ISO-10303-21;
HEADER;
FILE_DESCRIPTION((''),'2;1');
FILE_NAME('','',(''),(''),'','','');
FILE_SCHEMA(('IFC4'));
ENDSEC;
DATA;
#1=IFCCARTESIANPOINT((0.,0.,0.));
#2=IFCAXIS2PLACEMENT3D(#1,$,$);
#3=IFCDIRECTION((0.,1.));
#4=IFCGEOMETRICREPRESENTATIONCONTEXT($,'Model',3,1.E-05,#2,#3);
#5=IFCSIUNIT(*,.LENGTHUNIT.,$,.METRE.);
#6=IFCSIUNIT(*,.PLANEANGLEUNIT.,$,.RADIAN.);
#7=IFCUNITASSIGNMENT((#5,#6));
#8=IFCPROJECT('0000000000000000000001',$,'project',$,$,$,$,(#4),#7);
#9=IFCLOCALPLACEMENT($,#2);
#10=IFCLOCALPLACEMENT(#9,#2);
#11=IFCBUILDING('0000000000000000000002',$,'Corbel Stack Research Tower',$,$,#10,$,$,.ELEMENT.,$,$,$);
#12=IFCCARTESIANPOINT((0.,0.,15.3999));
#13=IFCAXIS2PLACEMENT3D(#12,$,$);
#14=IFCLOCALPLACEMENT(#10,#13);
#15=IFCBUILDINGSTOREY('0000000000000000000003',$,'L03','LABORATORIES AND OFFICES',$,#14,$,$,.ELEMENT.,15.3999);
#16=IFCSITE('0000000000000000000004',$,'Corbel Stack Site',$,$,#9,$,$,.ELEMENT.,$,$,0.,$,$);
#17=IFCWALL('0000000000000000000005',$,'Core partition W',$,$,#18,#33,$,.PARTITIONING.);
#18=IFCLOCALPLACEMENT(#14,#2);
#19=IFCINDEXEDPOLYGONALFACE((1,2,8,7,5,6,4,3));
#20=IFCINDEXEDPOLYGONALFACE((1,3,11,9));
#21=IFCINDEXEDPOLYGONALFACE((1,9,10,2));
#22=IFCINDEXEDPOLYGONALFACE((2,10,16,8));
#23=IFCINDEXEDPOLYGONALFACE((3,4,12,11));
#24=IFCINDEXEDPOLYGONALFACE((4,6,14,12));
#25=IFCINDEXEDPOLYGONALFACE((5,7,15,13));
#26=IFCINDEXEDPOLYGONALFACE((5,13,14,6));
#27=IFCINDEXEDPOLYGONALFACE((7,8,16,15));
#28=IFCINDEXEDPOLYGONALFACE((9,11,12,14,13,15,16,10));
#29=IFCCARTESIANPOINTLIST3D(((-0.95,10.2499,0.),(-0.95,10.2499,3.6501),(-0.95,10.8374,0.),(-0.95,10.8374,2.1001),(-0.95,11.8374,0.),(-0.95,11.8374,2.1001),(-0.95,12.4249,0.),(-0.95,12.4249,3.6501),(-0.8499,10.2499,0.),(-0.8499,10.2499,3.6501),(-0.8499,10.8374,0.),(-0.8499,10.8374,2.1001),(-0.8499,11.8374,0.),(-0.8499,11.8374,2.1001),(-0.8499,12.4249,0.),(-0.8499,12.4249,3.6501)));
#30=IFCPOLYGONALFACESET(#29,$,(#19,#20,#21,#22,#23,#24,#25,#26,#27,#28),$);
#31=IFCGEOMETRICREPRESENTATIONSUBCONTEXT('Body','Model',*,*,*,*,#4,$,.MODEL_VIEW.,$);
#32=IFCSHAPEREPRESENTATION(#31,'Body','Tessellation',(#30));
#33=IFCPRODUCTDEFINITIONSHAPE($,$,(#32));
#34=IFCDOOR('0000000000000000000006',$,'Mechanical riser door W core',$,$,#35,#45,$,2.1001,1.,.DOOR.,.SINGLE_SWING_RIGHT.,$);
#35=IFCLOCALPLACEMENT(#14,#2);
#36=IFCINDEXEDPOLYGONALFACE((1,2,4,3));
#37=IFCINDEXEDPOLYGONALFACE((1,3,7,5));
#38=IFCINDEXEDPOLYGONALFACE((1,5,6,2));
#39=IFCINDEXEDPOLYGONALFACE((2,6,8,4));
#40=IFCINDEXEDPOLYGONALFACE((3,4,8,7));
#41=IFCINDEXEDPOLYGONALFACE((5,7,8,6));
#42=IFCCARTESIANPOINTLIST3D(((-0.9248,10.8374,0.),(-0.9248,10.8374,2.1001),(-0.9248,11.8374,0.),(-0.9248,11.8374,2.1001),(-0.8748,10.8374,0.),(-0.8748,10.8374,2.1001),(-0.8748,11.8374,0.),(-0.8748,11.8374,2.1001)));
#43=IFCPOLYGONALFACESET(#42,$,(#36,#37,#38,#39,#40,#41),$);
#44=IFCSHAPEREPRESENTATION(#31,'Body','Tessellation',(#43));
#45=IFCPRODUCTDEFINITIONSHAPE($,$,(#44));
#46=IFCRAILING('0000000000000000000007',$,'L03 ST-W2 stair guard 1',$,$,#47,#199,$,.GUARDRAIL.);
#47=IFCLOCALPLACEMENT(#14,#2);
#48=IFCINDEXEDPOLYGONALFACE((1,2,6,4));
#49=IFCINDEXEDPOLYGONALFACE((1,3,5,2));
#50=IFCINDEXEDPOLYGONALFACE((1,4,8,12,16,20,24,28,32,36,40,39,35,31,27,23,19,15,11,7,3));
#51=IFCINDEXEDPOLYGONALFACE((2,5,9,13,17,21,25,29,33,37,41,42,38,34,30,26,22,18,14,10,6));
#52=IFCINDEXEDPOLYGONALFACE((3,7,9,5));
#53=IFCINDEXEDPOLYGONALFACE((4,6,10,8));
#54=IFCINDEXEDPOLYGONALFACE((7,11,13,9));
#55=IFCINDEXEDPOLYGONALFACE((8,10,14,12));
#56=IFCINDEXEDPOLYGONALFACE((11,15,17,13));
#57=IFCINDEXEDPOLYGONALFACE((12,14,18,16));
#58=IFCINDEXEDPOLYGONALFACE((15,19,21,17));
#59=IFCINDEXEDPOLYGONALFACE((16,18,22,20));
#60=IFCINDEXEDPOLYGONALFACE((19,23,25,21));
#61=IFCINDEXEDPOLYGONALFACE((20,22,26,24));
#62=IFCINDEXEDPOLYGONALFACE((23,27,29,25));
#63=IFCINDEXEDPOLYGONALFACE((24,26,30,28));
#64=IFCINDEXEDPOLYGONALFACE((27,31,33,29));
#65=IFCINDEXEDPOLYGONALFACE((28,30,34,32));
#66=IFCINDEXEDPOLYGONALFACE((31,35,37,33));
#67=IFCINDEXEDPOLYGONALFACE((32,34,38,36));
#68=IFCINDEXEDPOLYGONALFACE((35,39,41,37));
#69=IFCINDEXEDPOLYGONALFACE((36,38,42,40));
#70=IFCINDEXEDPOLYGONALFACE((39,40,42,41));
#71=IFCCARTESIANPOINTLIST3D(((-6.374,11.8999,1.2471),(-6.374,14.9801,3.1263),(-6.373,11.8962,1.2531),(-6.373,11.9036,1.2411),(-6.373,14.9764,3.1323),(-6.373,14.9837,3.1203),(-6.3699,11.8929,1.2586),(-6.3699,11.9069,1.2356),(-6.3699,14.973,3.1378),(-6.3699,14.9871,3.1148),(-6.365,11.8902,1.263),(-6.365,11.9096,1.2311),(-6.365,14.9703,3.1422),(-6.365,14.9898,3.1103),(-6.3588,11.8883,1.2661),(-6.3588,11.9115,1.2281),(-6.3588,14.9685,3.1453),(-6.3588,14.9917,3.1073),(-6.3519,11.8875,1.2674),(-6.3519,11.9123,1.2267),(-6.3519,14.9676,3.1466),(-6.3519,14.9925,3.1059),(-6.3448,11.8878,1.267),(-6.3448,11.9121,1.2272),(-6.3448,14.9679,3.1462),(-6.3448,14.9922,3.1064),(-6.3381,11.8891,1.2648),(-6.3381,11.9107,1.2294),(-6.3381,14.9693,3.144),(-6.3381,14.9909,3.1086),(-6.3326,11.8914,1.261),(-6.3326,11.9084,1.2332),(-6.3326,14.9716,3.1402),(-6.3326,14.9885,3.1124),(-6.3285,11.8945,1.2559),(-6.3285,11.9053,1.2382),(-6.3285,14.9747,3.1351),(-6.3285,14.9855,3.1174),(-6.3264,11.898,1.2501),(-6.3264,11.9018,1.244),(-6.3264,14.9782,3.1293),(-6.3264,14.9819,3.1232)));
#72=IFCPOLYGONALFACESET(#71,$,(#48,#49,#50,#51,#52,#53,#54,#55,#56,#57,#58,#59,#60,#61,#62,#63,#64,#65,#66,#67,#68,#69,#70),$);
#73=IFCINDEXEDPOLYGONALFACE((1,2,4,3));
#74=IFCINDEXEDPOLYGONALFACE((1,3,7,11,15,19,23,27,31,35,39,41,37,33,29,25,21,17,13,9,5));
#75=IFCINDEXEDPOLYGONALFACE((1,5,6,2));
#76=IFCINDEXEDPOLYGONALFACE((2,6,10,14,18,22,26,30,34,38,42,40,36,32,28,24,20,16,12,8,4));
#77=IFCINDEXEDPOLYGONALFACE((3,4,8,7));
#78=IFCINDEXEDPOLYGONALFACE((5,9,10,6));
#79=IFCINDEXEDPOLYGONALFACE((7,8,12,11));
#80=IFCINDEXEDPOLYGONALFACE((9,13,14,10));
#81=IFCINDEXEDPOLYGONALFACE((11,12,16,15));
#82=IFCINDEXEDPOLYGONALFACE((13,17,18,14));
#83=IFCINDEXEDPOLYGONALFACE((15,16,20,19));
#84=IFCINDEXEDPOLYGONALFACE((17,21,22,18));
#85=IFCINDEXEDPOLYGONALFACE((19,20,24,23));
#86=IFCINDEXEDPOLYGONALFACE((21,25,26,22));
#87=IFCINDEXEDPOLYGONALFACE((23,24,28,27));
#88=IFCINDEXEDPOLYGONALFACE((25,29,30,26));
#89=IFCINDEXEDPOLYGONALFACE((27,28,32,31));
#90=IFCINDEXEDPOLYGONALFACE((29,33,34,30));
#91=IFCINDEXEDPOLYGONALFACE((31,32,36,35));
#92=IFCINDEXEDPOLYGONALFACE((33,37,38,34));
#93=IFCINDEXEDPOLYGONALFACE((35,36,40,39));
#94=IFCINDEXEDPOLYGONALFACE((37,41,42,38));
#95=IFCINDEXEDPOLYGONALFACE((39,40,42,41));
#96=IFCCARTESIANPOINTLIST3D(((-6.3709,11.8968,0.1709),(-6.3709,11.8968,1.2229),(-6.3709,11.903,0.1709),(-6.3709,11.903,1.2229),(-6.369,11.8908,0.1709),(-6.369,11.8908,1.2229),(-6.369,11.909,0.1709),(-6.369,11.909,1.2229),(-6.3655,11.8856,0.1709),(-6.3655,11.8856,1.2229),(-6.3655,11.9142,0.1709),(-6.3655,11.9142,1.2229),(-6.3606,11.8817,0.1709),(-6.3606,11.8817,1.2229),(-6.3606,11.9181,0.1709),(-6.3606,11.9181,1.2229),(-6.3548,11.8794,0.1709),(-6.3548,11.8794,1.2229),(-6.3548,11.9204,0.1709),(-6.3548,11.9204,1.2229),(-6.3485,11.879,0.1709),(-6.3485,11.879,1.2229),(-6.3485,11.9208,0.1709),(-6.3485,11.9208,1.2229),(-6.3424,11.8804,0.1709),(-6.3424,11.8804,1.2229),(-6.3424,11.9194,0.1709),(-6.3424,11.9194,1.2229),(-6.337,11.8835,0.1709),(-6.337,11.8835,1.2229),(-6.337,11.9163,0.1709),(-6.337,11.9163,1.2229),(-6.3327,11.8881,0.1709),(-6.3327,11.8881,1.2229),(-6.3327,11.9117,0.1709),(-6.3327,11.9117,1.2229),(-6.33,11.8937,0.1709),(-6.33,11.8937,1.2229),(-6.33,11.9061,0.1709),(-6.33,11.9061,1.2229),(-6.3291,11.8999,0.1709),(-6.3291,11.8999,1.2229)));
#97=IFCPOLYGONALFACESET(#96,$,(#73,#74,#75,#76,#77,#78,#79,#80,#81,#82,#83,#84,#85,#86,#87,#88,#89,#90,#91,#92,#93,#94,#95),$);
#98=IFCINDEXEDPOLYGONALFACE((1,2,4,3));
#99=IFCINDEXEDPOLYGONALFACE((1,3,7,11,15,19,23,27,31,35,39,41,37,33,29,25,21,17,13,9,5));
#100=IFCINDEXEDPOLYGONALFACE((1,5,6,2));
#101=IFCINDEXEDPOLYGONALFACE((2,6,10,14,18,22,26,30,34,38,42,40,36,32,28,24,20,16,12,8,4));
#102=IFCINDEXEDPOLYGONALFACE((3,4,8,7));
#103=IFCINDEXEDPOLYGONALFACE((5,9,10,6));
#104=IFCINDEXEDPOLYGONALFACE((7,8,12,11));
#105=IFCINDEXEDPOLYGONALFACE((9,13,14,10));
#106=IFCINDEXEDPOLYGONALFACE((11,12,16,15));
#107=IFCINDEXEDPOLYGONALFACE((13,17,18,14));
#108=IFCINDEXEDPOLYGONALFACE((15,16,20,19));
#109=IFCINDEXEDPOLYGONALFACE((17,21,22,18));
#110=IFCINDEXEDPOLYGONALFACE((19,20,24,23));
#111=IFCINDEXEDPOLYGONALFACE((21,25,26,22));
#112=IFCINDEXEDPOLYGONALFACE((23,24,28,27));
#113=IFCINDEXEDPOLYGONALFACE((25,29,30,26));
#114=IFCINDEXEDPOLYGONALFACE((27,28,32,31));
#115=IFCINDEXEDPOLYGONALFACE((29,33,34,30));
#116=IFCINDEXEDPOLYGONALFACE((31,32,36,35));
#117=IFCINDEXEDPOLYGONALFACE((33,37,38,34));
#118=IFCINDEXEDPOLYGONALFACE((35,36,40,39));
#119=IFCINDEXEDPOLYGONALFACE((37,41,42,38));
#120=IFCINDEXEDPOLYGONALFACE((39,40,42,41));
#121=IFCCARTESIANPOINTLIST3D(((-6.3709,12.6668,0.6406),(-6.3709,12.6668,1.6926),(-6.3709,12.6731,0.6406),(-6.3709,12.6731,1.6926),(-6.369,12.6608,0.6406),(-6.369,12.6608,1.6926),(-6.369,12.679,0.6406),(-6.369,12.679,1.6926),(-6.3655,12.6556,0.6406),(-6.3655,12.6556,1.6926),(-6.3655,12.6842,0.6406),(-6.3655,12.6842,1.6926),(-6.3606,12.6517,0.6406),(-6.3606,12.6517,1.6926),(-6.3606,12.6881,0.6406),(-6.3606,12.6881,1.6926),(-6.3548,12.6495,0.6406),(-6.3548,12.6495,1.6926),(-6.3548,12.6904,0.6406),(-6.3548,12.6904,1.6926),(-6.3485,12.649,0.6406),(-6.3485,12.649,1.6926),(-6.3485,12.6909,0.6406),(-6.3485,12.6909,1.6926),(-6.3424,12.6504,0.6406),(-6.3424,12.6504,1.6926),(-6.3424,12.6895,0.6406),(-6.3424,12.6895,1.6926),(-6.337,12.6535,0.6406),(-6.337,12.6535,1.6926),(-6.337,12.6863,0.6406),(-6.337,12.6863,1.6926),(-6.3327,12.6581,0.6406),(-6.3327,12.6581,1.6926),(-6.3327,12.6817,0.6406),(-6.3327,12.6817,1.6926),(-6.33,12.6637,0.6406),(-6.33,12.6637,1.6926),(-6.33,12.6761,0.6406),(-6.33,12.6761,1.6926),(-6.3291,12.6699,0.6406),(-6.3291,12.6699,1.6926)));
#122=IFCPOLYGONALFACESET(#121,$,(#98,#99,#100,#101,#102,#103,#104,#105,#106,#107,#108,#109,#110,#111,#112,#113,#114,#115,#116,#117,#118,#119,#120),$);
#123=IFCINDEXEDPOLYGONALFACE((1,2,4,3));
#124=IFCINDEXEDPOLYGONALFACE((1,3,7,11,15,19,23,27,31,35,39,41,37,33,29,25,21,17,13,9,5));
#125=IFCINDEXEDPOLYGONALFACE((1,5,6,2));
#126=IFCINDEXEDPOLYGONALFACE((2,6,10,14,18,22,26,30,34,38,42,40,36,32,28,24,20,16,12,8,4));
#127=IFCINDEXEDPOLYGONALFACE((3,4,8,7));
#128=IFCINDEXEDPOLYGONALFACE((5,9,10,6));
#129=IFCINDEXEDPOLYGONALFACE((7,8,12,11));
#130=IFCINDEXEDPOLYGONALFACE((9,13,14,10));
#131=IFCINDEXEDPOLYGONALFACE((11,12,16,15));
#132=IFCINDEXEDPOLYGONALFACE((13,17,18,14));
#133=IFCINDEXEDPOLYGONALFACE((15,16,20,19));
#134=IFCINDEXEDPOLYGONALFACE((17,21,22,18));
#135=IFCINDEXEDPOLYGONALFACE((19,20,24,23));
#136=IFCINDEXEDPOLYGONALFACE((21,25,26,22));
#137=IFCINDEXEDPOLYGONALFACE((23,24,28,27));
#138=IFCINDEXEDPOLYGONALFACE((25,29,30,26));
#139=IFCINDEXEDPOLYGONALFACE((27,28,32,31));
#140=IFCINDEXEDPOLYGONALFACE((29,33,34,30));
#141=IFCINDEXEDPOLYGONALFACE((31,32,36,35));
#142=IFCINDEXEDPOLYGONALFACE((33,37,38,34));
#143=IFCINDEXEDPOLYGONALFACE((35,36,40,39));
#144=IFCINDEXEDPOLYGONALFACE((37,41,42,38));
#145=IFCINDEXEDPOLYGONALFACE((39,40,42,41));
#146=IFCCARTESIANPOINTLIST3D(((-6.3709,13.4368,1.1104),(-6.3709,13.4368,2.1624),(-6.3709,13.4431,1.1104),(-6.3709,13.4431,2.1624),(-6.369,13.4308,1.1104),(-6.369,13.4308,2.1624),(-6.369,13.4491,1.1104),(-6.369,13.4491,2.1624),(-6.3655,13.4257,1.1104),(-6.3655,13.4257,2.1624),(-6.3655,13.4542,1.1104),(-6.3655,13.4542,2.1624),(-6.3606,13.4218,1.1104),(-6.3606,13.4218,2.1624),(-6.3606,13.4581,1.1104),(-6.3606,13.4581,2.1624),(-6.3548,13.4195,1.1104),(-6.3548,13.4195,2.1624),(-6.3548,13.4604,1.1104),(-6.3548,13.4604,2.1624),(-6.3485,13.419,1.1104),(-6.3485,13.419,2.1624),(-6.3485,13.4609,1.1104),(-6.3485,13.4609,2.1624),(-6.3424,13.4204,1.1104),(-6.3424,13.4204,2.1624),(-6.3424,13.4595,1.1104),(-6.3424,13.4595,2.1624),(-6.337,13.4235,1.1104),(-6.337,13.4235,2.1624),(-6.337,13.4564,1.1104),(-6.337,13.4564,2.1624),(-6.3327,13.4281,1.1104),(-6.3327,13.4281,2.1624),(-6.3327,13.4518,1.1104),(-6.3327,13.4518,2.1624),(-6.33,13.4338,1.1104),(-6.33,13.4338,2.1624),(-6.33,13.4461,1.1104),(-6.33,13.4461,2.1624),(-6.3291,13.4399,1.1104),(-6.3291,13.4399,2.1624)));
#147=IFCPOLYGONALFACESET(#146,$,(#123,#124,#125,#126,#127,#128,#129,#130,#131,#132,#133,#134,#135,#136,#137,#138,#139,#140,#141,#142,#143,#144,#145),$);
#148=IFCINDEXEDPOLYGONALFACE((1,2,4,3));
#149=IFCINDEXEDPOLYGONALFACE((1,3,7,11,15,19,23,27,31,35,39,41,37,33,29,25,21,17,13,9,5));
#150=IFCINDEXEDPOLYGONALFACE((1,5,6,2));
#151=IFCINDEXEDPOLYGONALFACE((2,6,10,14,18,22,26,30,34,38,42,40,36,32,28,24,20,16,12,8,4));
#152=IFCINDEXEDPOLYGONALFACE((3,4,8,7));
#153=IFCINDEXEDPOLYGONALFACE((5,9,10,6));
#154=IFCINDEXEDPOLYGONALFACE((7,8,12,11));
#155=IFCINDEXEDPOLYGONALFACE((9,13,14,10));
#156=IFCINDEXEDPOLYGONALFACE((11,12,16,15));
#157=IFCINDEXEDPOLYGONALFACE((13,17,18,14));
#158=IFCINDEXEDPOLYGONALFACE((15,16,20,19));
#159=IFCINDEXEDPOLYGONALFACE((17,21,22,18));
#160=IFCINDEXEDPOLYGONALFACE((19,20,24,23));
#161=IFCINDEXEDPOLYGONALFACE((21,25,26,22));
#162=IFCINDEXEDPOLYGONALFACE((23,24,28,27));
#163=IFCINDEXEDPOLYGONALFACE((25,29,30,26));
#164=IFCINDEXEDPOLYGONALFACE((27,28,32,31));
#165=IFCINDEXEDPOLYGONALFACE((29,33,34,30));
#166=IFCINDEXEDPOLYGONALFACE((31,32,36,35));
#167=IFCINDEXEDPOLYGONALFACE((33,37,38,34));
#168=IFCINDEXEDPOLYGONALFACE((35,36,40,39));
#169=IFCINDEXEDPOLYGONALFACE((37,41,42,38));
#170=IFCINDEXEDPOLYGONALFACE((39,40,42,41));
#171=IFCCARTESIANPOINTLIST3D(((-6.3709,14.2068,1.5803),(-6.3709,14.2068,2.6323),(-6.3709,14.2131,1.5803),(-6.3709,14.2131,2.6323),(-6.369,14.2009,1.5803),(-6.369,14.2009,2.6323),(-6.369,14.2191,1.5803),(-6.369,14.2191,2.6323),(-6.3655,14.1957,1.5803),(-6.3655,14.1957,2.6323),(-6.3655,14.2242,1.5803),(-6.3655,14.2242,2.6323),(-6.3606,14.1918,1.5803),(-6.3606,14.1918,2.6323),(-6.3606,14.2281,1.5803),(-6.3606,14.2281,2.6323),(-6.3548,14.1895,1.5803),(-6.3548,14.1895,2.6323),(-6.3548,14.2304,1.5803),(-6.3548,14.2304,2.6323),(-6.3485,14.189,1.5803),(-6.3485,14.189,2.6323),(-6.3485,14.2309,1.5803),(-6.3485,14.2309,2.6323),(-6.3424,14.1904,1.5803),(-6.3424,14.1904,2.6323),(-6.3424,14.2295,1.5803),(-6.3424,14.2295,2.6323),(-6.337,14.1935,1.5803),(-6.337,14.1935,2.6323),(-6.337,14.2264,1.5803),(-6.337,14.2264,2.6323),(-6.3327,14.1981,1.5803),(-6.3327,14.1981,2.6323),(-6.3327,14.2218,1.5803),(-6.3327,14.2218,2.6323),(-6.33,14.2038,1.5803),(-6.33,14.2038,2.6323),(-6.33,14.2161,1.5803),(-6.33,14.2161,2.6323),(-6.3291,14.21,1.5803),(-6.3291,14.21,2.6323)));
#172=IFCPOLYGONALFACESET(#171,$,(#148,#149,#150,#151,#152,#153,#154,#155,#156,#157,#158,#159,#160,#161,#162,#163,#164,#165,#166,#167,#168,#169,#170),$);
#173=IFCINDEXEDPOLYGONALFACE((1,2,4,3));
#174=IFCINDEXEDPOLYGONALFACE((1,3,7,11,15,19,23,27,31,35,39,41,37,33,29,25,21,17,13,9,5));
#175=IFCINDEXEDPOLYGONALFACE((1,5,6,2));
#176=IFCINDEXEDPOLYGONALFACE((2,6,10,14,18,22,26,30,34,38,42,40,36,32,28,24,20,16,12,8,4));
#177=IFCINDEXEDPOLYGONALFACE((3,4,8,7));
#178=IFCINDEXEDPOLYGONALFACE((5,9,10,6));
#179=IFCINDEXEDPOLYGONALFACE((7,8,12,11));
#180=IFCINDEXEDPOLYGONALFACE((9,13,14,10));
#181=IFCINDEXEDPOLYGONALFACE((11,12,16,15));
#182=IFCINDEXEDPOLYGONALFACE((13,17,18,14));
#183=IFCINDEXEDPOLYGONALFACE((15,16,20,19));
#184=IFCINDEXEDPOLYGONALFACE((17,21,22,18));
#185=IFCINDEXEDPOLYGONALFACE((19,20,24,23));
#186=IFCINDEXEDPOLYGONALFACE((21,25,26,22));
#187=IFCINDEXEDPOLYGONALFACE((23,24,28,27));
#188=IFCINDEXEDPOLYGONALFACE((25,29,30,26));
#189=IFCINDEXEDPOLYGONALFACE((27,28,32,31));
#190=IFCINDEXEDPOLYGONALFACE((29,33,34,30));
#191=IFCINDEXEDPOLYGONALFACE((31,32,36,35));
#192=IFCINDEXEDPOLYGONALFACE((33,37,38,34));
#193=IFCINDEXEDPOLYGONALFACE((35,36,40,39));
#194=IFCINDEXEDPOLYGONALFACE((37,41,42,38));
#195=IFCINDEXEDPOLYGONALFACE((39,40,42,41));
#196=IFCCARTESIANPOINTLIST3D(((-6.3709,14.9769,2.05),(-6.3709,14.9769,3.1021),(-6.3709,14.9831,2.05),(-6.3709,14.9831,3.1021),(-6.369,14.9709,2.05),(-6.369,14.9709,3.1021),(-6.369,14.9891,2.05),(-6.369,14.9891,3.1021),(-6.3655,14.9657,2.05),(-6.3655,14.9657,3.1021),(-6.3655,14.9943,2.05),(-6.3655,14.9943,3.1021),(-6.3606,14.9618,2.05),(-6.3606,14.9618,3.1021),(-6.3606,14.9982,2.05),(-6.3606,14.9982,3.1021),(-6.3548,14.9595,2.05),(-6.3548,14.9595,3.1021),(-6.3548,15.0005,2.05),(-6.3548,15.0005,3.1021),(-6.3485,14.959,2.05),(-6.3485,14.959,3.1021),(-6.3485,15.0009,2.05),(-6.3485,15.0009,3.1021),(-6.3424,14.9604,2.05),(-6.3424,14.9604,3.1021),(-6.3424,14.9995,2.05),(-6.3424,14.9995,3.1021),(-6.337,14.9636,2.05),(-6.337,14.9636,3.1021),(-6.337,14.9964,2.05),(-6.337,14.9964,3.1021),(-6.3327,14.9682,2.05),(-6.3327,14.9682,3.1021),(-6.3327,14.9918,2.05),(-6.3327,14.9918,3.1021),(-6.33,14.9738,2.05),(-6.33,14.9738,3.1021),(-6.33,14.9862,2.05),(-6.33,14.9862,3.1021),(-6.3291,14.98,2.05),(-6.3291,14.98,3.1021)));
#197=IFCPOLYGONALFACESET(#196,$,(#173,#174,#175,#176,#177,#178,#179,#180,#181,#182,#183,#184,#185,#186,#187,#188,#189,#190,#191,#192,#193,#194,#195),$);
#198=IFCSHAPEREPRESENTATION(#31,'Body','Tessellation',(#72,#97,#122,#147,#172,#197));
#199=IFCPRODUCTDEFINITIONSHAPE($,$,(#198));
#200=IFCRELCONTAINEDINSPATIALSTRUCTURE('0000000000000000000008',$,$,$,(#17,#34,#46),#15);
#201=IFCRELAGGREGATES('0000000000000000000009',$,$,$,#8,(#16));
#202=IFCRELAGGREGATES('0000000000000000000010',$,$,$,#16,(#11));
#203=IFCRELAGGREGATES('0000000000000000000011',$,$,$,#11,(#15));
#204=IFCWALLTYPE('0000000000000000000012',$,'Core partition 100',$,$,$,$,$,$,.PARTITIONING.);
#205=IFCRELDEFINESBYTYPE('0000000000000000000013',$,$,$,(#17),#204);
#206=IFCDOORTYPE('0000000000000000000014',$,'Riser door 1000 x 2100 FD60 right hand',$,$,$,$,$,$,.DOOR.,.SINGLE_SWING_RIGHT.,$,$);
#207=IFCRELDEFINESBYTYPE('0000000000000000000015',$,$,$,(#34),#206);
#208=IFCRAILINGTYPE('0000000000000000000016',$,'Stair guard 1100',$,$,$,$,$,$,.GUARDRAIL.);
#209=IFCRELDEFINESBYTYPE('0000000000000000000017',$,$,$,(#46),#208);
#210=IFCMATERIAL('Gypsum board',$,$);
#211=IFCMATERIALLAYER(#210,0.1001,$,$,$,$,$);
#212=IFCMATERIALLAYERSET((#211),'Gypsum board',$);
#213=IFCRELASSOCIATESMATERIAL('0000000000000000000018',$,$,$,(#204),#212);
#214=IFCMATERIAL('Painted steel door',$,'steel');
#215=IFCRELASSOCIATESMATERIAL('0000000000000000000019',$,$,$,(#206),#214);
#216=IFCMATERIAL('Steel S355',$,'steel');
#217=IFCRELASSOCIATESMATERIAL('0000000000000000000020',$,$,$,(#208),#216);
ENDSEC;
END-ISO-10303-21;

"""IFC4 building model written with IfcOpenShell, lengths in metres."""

from ifc_helpers import new_model, si_unit, direction, frame, frame_2d, origin, origin_2d, place, context, subcontext, project, spatial, rectangle, circle, extrude, material, layer, layer_set, type_object, element, fill, save


model = new_model("IFC4")

# Units and contexts
model_context = context("Model", 3, precision=1e-05, world=origin(), true_north=direction((0.0, 1.0)))
body_context = subcontext(model_context, "Body", "Model", "MODEL_VIEW")
ifc_project = project(units=[si_unit("LENGTHUNIT", "METRE"), si_unit("PLANEANGLEUNIT", "RADIAN")], contexts=[model_context])

# Site, building, storey
site_placement = place(None, origin())
site = spatial("IfcSite", under=ifc_project, at=site_placement, Name="Corbel Stack Site", CompositionType="ELEMENT", RefElevation=0.0)
building_placement = place(site_placement, origin())
building = spatial("IfcBuilding", under=site, at=building_placement, Name="Corbel Stack Research Tower", CompositionType="ELEMENT")
storey_placement = place(building_placement, frame((0.0, 0.0, 15.3999)))
storey = spatial("IfcBuildingStorey", under=building, at=storey_placement, Name="L03", Description="LABORATORIES AND OFFICES", CompositionType="ELEMENT", Elevation=15.3999)

# Wall, opening, door
ifc_material_1 = material(Name="Gypsum board")
ifc_layer_1 = layer(ifc_material_1, 0.1001)
ifc_layer_set_1 = layer_set([ifc_layer_1], Name="Gypsum board")
wall_type_1 = type_object("IfcWallType", Name="Core partition 100", PredefinedType="PARTITIONING", material=ifc_layer_set_1)
wall_1_placement = place(storey_placement, frame((-0.8999, 10.25, 0.0), z_axis=(0.0, 0.0, 1.0), x_axis=(0.0, 1.0, 0.0)))
wall_1 = element("IfcWall", 1, at=wall_1_placement, inside=storey, type_object=wall_type_1, Name="Core partition W", PredefinedType="PARTITIONING", context=body_context, shape_type="SweptSolid", body=[
    extrude(rectangle(XDim=2.175, YDim=0.1001, at=frame_2d((1.0874, 0.0))), origin(), (0.0, 0.0, 1.0), 3.6501),
])
opening_placement = place(wall_1_placement, frame((0.5874, 0.0, 0.0)))
opening = element("IfcOpeningElement", 2, at=opening_placement, cuts=wall_1, PredefinedType="OPENING", context=body_context, shape_type="SweptSolid", body=[
    extrude(rectangle(XDim=1.0, YDim=2.1001, at=frame_2d((0.5, 1.05))), frame((0.0, 0.0601, 0.0), z_axis=(0.0, -1.0, 0.0), x_axis=(1.0, 0.0, 0.0)), (0.0, 0.0, 1.0), 0.1201),
])
ifc_material_2 = material(Name="Painted steel door", Category="steel")
door_type = type_object("IfcDoorType", Name="Riser door 1000 x 2100 FD60 right hand", OperationType="SINGLE_SWING_RIGHT", PredefinedType="DOOR", material=ifc_material_2)
door_placement = place(opening_placement, origin())
door = element("IfcDoor", 3, at=door_placement, inside=storey, type_object=door_type, Name="Mechanical riser door W core", OperationType="SINGLE_SWING_RIGHT", OverallHeight=2.1001, OverallWidth=1.0, PredefinedType="DOOR", context=body_context, shape_type="SweptSolid", body=[
    extrude(rectangle(XDim=1.0, YDim=2.1001, at=frame_2d((0.5, 1.05))), frame((0.0, 0.0249, 0.0), z_axis=(0.0, -1.0, 0.0), x_axis=(1.0, 0.0, 0.0)), (0.0, 0.0, 1.0), 0.05),
])
fill(opening, door)

# Railing
ifc_material_3 = material(Name="Steel S355", Category="steel")
railing_type = type_object("IfcRailingType", Name="Stair guard 1100", PredefinedType="GUARDRAIL", material=ifc_material_3)
railing_1_placement = place(storey_placement, frame((-6.3501, 11.8999, 0.1709)))
element("IfcRailing", 4, at=railing_1_placement, inside=storey, type_object=railing_type, Name="L03 ST-W2 stair guard 1", PredefinedType="GUARDRAIL", context=body_context, shape_type="SweptSolid", body=[
    extrude(circle(Radius=0.0239, at=origin_2d()), frame((0.0, 0.0, 1.0762), z_axis=(0.0, 0.853666, 0.52082), x_axis=(-1.0, 0.0, 0.0)), (0.0, 0.0, 1.0), 3.6082),
    extrude(circle(Radius=0.021, at=origin_2d()), origin(), (0.0, 0.0, 1.0), 1.052),
    extrude(circle(Radius=0.021, at=origin_2d()), frame((0.0, 0.77, 0.4697)), (0.0, 0.0, 1.0), 1.052),
    extrude(circle(Radius=0.021, at=origin_2d()), frame((0.0, 1.54, 0.9395)), (0.0, 0.0, 1.0), 1.052),
    extrude(circle(Radius=0.021, at=origin_2d()), frame((0.0, 2.3101, 1.4094)), (0.0, 0.0, 1.0), 1.052),
    extrude(circle(Radius=0.021, at=origin_2d()), frame((0.0, 3.0801, 1.8792)), (0.0, 0.0, 1.0), 1.052),
])

save(model, "model.ifc")
